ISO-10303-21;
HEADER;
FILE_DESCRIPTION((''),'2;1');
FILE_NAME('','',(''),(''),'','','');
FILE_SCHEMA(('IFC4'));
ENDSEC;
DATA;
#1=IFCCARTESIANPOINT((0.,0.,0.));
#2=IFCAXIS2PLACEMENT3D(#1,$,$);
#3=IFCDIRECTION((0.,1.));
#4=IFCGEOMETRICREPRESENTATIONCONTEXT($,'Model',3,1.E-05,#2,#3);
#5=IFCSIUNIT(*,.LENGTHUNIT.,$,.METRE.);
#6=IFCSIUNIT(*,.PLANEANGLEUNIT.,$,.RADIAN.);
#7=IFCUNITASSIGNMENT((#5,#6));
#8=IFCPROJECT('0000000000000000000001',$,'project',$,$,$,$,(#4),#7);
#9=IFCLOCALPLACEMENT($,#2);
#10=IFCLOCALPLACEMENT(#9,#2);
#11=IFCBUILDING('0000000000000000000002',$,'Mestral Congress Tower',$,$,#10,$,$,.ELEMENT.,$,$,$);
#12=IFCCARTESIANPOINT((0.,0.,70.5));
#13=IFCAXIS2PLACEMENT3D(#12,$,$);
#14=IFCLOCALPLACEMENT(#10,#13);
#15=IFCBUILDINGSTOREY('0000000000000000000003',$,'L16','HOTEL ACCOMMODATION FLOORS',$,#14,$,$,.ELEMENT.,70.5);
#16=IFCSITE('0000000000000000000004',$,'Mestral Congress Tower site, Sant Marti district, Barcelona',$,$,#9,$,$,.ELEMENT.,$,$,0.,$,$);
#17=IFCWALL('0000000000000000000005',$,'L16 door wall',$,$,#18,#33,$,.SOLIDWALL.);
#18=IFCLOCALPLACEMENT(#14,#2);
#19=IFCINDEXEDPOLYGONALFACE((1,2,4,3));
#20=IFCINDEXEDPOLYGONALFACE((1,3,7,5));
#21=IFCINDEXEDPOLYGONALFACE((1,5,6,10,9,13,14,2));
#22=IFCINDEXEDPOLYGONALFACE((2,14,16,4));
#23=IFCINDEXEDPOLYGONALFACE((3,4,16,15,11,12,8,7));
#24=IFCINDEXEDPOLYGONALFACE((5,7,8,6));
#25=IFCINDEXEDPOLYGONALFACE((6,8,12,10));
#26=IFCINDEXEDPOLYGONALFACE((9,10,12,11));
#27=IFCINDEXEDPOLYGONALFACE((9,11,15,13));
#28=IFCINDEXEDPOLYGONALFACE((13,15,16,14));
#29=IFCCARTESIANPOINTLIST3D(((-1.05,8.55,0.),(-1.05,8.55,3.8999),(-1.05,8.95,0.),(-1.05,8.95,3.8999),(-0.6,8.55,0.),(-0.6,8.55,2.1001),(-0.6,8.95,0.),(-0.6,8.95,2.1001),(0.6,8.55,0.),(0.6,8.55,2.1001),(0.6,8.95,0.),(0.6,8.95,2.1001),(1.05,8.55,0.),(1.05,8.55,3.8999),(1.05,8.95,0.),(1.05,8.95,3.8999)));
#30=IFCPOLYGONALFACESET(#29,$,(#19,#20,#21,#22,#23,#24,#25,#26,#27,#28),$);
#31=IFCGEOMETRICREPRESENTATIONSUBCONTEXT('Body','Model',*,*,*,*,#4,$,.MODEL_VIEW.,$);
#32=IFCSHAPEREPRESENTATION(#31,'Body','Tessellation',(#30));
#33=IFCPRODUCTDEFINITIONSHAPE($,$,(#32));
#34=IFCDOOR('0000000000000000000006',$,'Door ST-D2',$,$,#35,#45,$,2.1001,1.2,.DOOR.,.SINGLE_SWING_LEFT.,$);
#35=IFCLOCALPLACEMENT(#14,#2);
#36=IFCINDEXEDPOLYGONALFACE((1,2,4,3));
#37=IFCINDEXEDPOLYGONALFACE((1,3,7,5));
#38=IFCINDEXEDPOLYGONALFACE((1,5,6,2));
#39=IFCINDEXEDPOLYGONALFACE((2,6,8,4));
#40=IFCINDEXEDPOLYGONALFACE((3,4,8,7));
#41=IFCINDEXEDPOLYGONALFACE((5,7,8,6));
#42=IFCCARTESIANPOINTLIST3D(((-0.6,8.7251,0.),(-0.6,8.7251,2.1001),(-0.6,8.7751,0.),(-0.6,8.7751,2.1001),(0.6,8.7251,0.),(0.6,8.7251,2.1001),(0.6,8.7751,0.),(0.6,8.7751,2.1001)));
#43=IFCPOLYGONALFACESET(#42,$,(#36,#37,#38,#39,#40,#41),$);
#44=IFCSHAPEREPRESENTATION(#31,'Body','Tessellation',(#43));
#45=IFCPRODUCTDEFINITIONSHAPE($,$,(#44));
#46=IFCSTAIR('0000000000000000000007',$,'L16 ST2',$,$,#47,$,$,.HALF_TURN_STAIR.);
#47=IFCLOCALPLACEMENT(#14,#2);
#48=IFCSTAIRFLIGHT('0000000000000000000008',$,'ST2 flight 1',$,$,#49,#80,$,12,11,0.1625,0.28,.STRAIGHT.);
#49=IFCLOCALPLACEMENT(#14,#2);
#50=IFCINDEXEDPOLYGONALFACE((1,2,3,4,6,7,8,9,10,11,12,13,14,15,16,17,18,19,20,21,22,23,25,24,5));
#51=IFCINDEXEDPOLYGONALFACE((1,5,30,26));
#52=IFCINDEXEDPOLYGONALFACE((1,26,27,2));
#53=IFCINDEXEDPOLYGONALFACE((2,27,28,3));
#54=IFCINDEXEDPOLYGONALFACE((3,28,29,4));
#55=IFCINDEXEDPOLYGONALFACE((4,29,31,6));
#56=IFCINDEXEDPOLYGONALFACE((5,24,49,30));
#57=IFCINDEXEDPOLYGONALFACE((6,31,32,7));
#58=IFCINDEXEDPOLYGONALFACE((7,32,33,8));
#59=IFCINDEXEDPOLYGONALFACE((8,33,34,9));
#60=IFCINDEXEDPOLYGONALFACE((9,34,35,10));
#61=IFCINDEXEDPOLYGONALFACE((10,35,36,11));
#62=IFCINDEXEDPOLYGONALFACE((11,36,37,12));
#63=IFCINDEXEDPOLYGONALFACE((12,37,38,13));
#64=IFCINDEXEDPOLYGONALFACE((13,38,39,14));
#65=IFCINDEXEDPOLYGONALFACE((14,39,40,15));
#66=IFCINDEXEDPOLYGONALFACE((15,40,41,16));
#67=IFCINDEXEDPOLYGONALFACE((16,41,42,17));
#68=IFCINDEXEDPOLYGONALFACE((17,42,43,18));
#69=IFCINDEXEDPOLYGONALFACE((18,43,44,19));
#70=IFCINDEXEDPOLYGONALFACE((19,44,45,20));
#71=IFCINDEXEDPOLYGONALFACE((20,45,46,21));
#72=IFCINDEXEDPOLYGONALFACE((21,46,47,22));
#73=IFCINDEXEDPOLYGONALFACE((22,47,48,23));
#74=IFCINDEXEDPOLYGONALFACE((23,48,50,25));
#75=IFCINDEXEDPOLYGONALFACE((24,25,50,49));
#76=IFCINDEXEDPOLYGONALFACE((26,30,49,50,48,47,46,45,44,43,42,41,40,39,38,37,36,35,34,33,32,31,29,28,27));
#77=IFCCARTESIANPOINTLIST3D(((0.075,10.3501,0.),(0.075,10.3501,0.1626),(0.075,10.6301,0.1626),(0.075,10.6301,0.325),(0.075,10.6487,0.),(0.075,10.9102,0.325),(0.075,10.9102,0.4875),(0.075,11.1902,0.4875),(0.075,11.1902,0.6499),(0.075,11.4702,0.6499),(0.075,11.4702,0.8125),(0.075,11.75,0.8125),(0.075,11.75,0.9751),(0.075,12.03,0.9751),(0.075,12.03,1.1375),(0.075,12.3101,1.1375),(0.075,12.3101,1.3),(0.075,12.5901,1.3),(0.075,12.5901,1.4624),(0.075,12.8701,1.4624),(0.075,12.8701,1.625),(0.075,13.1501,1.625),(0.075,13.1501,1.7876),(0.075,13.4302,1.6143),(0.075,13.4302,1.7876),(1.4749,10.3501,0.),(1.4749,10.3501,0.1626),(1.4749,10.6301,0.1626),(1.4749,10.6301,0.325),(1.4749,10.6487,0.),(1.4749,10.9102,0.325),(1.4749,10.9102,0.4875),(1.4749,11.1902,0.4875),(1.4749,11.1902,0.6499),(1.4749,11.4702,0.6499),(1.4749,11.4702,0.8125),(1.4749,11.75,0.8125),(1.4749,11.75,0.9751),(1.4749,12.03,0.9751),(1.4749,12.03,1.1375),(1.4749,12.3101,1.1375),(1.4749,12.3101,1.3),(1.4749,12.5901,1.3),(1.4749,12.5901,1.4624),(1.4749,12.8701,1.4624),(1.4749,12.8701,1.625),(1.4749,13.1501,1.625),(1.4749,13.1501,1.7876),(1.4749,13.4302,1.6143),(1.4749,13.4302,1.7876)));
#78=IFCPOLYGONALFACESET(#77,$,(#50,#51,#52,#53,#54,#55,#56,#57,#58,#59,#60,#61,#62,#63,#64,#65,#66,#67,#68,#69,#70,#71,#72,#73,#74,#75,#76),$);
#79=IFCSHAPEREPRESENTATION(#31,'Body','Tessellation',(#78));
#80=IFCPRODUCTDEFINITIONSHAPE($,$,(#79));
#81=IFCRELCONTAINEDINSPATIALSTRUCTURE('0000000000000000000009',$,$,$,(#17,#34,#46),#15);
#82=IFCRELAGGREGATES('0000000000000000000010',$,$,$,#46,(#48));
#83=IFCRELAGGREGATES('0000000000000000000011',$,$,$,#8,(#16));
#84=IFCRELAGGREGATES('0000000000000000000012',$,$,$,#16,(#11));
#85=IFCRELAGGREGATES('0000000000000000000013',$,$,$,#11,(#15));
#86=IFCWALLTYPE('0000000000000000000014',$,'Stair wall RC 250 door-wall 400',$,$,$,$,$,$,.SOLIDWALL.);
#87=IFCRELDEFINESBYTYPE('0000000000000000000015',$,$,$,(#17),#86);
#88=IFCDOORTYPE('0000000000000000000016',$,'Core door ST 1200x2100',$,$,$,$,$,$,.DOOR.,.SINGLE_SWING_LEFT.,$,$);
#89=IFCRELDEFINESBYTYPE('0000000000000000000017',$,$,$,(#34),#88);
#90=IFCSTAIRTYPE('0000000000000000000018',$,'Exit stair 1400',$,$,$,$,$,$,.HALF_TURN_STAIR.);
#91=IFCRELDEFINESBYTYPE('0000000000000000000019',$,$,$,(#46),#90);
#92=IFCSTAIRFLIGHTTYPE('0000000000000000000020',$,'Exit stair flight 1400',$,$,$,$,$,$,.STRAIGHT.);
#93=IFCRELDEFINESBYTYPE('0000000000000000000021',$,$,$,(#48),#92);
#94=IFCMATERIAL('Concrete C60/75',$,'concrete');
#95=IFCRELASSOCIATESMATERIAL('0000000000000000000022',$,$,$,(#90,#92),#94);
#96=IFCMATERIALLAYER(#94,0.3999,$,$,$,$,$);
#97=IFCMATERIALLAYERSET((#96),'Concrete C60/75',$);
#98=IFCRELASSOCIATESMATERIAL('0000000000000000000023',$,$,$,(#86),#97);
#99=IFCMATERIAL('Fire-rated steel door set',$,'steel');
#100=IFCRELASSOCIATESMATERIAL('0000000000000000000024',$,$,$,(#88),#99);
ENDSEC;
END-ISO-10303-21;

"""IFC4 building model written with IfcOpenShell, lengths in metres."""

from ifc_helpers import new_model, si_unit, direction, frame, frame_2d, origin, place, context, subcontext, project, spatial, polyline, rectangle, outline, extrude, material, layer, layer_set, type_object, element, fill, aggregate, save


model = new_model("IFC4")

# Units and contexts
model_context = context("Model", 3, precision=1e-05, world=origin(), true_north=direction((0.0, 1.0)))
body_context = subcontext(model_context, "Body", "Model", "MODEL_VIEW")
ifc_project = project(units=[si_unit("LENGTHUNIT", "METRE"), si_unit("PLANEANGLEUNIT", "RADIAN")], contexts=[model_context])

# Site, building, storey
site_placement = place(None, origin())
site = spatial("IfcSite", under=ifc_project, at=site_placement, Name="Mestral Congress Tower site, Sant Marti district, Barcelona", CompositionType="ELEMENT", RefElevation=0.0)
building_placement = place(site_placement, origin())
building = spatial("IfcBuilding", under=site, at=building_placement, Name="Mestral Congress Tower", CompositionType="ELEMENT")
storey_placement = place(building_placement, frame((0.0, 0.0, 70.5)))
storey = spatial("IfcBuildingStorey", under=building, at=storey_placement, Name="L16", Description="HOTEL ACCOMMODATION FLOORS", CompositionType="ELEMENT", Elevation=70.5)

# Shared definitions
ifc_material_1 = material(Name="Concrete C60/75", Category="concrete")

# Shared definitions
stair_type = type_object("IfcStairType", Name="Exit stair 1400", PredefinedType="HALF_TURN_STAIR", material=ifc_material_1)
placement = place(storey_placement, origin())

# Wall, opening, door
ifc_layer_1 = layer(ifc_material_1, 0.3999)
ifc_layer_set_1 = layer_set([ifc_layer_1], Name="Concrete C60/75")
wall_type_1 = type_object("IfcWallType", Name="Stair wall RC 250 door-wall 400", PredefinedType="SOLIDWALL", material=ifc_layer_set_1)
wall_1_placement = place(storey_placement, frame((1.05, 8.75, 0.0), z_axis=(0.0, 0.0, 1.0), x_axis=(-1.0, 0.0, 0.0)))
wall_1 = element("IfcWall", 1, at=wall_1_placement, inside=storey, type_object=wall_type_1, Name="L16 door wall", PredefinedType="SOLIDWALL", context=body_context, shape_type="SweptSolid", body=[
    extrude(rectangle(XDim=2.1001, YDim=0.3999, at=frame_2d((1.05, 0.0))), origin(), (0.0, 0.0, 1.0), 3.8999),
])
opening_placement = place(wall_1_placement, frame((0.45, 0.0, 0.0)))
opening = element("IfcOpeningElement", 2, at=opening_placement, cuts=wall_1, PredefinedType="OPENING", context=body_context, shape_type="SweptSolid", body=[
    extrude(rectangle(XDim=1.2, YDim=2.1001, at=frame_2d((0.6001, 1.05))), frame((0.0, 0.21, 0.0), z_axis=(0.0, -1.0, 0.0), x_axis=(1.0, 0.0, 0.0)), (0.0, 0.0, 1.0), 0.4199),
])
ifc_material_2 = material(Name="Fire-rated steel door set", Category="steel")
door_type = type_object("IfcDoorType", Name="Core door ST 1200x2100", OperationType="SINGLE_SWING_LEFT", PredefinedType="DOOR", material=ifc_material_2)
door_placement = place(opening_placement, origin())
door = element("IfcDoor", 3, at=door_placement, inside=storey, type_object=door_type, Name="Door ST-D2", OperationType="SINGLE_SWING_LEFT", OverallHeight=2.1001, OverallWidth=1.2, PredefinedType="DOOR", context=body_context, shape_type="SweptSolid", body=[
    extrude(rectangle(XDim=1.2, YDim=2.1001, at=frame_2d((0.6001, 1.05))), frame((0.0, 0.0249, 0.0), z_axis=(0.0, -1.0, 0.0), x_axis=(1.0, 0.0, 0.0)), (0.0, 0.0, 1.0), 0.05),
])
fill(opening, door)

# Stair, stair flight
stair_1 = element("IfcStair", 4, at=placement, inside=storey, type_object=stair_type, Name="L16 ST2", PredefinedType="HALF_TURN_STAIR")
stair_flight_type = type_object("IfcStairFlightType", Name="Exit stair flight 1400", PredefinedType="STRAIGHT", material=ifc_material_1)
stair_flight_placement = place(storey_placement, frame((0.7749, 10.3501, 0.0), z_axis=(0.0, 0.0, 1.0), x_axis=(0.0, 1.0, 0.0)))
stair_flight = element("IfcStairFlight", 5, at=stair_flight_placement, type_object=stair_flight_type, Name="ST2 flight 1", NumberOfRisers=12, NumberOfTreads=11, PredefinedType="STRAIGHT", RiserHeight=0.1625, TreadLength=0.28, context=body_context, shape_type="SweptSolid", body=[
    extrude(outline(polyline([(0.0, 0.0), (0.0, 0.1626), (0.28, 0.1626), (0.28, 0.325), (0.5601, 0.325), (0.5601, 0.4875), (0.8401, 0.4875), (0.8401, 0.6499), (1.1201, 0.6499), (1.1201, 0.8125), (1.3999, 0.8125), (1.3999, 0.9751), (1.6799, 0.9751), (1.6799, 1.1375), (1.96, 1.1375), (1.96, 1.3), (2.24, 1.3), (2.24, 1.4624), (2.52, 1.4624), (2.52, 1.625), (2.8, 1.625), (2.8, 1.7876), (3.0801, 1.7876), (3.0801, 1.95), (3.0801, 1.6143), (0.2986, 0.0), (0.0, 0.0)])), frame((0.0, 0.7, 0.0), z_axis=(0.0, -1.0, 0.0), x_axis=(1.0, 0.0, 0.0)), (0.0, 0.0, 1.0), 1.3999),
])
aggregate(stair_1, [stair_flight])

save(model, "model.ifc")
